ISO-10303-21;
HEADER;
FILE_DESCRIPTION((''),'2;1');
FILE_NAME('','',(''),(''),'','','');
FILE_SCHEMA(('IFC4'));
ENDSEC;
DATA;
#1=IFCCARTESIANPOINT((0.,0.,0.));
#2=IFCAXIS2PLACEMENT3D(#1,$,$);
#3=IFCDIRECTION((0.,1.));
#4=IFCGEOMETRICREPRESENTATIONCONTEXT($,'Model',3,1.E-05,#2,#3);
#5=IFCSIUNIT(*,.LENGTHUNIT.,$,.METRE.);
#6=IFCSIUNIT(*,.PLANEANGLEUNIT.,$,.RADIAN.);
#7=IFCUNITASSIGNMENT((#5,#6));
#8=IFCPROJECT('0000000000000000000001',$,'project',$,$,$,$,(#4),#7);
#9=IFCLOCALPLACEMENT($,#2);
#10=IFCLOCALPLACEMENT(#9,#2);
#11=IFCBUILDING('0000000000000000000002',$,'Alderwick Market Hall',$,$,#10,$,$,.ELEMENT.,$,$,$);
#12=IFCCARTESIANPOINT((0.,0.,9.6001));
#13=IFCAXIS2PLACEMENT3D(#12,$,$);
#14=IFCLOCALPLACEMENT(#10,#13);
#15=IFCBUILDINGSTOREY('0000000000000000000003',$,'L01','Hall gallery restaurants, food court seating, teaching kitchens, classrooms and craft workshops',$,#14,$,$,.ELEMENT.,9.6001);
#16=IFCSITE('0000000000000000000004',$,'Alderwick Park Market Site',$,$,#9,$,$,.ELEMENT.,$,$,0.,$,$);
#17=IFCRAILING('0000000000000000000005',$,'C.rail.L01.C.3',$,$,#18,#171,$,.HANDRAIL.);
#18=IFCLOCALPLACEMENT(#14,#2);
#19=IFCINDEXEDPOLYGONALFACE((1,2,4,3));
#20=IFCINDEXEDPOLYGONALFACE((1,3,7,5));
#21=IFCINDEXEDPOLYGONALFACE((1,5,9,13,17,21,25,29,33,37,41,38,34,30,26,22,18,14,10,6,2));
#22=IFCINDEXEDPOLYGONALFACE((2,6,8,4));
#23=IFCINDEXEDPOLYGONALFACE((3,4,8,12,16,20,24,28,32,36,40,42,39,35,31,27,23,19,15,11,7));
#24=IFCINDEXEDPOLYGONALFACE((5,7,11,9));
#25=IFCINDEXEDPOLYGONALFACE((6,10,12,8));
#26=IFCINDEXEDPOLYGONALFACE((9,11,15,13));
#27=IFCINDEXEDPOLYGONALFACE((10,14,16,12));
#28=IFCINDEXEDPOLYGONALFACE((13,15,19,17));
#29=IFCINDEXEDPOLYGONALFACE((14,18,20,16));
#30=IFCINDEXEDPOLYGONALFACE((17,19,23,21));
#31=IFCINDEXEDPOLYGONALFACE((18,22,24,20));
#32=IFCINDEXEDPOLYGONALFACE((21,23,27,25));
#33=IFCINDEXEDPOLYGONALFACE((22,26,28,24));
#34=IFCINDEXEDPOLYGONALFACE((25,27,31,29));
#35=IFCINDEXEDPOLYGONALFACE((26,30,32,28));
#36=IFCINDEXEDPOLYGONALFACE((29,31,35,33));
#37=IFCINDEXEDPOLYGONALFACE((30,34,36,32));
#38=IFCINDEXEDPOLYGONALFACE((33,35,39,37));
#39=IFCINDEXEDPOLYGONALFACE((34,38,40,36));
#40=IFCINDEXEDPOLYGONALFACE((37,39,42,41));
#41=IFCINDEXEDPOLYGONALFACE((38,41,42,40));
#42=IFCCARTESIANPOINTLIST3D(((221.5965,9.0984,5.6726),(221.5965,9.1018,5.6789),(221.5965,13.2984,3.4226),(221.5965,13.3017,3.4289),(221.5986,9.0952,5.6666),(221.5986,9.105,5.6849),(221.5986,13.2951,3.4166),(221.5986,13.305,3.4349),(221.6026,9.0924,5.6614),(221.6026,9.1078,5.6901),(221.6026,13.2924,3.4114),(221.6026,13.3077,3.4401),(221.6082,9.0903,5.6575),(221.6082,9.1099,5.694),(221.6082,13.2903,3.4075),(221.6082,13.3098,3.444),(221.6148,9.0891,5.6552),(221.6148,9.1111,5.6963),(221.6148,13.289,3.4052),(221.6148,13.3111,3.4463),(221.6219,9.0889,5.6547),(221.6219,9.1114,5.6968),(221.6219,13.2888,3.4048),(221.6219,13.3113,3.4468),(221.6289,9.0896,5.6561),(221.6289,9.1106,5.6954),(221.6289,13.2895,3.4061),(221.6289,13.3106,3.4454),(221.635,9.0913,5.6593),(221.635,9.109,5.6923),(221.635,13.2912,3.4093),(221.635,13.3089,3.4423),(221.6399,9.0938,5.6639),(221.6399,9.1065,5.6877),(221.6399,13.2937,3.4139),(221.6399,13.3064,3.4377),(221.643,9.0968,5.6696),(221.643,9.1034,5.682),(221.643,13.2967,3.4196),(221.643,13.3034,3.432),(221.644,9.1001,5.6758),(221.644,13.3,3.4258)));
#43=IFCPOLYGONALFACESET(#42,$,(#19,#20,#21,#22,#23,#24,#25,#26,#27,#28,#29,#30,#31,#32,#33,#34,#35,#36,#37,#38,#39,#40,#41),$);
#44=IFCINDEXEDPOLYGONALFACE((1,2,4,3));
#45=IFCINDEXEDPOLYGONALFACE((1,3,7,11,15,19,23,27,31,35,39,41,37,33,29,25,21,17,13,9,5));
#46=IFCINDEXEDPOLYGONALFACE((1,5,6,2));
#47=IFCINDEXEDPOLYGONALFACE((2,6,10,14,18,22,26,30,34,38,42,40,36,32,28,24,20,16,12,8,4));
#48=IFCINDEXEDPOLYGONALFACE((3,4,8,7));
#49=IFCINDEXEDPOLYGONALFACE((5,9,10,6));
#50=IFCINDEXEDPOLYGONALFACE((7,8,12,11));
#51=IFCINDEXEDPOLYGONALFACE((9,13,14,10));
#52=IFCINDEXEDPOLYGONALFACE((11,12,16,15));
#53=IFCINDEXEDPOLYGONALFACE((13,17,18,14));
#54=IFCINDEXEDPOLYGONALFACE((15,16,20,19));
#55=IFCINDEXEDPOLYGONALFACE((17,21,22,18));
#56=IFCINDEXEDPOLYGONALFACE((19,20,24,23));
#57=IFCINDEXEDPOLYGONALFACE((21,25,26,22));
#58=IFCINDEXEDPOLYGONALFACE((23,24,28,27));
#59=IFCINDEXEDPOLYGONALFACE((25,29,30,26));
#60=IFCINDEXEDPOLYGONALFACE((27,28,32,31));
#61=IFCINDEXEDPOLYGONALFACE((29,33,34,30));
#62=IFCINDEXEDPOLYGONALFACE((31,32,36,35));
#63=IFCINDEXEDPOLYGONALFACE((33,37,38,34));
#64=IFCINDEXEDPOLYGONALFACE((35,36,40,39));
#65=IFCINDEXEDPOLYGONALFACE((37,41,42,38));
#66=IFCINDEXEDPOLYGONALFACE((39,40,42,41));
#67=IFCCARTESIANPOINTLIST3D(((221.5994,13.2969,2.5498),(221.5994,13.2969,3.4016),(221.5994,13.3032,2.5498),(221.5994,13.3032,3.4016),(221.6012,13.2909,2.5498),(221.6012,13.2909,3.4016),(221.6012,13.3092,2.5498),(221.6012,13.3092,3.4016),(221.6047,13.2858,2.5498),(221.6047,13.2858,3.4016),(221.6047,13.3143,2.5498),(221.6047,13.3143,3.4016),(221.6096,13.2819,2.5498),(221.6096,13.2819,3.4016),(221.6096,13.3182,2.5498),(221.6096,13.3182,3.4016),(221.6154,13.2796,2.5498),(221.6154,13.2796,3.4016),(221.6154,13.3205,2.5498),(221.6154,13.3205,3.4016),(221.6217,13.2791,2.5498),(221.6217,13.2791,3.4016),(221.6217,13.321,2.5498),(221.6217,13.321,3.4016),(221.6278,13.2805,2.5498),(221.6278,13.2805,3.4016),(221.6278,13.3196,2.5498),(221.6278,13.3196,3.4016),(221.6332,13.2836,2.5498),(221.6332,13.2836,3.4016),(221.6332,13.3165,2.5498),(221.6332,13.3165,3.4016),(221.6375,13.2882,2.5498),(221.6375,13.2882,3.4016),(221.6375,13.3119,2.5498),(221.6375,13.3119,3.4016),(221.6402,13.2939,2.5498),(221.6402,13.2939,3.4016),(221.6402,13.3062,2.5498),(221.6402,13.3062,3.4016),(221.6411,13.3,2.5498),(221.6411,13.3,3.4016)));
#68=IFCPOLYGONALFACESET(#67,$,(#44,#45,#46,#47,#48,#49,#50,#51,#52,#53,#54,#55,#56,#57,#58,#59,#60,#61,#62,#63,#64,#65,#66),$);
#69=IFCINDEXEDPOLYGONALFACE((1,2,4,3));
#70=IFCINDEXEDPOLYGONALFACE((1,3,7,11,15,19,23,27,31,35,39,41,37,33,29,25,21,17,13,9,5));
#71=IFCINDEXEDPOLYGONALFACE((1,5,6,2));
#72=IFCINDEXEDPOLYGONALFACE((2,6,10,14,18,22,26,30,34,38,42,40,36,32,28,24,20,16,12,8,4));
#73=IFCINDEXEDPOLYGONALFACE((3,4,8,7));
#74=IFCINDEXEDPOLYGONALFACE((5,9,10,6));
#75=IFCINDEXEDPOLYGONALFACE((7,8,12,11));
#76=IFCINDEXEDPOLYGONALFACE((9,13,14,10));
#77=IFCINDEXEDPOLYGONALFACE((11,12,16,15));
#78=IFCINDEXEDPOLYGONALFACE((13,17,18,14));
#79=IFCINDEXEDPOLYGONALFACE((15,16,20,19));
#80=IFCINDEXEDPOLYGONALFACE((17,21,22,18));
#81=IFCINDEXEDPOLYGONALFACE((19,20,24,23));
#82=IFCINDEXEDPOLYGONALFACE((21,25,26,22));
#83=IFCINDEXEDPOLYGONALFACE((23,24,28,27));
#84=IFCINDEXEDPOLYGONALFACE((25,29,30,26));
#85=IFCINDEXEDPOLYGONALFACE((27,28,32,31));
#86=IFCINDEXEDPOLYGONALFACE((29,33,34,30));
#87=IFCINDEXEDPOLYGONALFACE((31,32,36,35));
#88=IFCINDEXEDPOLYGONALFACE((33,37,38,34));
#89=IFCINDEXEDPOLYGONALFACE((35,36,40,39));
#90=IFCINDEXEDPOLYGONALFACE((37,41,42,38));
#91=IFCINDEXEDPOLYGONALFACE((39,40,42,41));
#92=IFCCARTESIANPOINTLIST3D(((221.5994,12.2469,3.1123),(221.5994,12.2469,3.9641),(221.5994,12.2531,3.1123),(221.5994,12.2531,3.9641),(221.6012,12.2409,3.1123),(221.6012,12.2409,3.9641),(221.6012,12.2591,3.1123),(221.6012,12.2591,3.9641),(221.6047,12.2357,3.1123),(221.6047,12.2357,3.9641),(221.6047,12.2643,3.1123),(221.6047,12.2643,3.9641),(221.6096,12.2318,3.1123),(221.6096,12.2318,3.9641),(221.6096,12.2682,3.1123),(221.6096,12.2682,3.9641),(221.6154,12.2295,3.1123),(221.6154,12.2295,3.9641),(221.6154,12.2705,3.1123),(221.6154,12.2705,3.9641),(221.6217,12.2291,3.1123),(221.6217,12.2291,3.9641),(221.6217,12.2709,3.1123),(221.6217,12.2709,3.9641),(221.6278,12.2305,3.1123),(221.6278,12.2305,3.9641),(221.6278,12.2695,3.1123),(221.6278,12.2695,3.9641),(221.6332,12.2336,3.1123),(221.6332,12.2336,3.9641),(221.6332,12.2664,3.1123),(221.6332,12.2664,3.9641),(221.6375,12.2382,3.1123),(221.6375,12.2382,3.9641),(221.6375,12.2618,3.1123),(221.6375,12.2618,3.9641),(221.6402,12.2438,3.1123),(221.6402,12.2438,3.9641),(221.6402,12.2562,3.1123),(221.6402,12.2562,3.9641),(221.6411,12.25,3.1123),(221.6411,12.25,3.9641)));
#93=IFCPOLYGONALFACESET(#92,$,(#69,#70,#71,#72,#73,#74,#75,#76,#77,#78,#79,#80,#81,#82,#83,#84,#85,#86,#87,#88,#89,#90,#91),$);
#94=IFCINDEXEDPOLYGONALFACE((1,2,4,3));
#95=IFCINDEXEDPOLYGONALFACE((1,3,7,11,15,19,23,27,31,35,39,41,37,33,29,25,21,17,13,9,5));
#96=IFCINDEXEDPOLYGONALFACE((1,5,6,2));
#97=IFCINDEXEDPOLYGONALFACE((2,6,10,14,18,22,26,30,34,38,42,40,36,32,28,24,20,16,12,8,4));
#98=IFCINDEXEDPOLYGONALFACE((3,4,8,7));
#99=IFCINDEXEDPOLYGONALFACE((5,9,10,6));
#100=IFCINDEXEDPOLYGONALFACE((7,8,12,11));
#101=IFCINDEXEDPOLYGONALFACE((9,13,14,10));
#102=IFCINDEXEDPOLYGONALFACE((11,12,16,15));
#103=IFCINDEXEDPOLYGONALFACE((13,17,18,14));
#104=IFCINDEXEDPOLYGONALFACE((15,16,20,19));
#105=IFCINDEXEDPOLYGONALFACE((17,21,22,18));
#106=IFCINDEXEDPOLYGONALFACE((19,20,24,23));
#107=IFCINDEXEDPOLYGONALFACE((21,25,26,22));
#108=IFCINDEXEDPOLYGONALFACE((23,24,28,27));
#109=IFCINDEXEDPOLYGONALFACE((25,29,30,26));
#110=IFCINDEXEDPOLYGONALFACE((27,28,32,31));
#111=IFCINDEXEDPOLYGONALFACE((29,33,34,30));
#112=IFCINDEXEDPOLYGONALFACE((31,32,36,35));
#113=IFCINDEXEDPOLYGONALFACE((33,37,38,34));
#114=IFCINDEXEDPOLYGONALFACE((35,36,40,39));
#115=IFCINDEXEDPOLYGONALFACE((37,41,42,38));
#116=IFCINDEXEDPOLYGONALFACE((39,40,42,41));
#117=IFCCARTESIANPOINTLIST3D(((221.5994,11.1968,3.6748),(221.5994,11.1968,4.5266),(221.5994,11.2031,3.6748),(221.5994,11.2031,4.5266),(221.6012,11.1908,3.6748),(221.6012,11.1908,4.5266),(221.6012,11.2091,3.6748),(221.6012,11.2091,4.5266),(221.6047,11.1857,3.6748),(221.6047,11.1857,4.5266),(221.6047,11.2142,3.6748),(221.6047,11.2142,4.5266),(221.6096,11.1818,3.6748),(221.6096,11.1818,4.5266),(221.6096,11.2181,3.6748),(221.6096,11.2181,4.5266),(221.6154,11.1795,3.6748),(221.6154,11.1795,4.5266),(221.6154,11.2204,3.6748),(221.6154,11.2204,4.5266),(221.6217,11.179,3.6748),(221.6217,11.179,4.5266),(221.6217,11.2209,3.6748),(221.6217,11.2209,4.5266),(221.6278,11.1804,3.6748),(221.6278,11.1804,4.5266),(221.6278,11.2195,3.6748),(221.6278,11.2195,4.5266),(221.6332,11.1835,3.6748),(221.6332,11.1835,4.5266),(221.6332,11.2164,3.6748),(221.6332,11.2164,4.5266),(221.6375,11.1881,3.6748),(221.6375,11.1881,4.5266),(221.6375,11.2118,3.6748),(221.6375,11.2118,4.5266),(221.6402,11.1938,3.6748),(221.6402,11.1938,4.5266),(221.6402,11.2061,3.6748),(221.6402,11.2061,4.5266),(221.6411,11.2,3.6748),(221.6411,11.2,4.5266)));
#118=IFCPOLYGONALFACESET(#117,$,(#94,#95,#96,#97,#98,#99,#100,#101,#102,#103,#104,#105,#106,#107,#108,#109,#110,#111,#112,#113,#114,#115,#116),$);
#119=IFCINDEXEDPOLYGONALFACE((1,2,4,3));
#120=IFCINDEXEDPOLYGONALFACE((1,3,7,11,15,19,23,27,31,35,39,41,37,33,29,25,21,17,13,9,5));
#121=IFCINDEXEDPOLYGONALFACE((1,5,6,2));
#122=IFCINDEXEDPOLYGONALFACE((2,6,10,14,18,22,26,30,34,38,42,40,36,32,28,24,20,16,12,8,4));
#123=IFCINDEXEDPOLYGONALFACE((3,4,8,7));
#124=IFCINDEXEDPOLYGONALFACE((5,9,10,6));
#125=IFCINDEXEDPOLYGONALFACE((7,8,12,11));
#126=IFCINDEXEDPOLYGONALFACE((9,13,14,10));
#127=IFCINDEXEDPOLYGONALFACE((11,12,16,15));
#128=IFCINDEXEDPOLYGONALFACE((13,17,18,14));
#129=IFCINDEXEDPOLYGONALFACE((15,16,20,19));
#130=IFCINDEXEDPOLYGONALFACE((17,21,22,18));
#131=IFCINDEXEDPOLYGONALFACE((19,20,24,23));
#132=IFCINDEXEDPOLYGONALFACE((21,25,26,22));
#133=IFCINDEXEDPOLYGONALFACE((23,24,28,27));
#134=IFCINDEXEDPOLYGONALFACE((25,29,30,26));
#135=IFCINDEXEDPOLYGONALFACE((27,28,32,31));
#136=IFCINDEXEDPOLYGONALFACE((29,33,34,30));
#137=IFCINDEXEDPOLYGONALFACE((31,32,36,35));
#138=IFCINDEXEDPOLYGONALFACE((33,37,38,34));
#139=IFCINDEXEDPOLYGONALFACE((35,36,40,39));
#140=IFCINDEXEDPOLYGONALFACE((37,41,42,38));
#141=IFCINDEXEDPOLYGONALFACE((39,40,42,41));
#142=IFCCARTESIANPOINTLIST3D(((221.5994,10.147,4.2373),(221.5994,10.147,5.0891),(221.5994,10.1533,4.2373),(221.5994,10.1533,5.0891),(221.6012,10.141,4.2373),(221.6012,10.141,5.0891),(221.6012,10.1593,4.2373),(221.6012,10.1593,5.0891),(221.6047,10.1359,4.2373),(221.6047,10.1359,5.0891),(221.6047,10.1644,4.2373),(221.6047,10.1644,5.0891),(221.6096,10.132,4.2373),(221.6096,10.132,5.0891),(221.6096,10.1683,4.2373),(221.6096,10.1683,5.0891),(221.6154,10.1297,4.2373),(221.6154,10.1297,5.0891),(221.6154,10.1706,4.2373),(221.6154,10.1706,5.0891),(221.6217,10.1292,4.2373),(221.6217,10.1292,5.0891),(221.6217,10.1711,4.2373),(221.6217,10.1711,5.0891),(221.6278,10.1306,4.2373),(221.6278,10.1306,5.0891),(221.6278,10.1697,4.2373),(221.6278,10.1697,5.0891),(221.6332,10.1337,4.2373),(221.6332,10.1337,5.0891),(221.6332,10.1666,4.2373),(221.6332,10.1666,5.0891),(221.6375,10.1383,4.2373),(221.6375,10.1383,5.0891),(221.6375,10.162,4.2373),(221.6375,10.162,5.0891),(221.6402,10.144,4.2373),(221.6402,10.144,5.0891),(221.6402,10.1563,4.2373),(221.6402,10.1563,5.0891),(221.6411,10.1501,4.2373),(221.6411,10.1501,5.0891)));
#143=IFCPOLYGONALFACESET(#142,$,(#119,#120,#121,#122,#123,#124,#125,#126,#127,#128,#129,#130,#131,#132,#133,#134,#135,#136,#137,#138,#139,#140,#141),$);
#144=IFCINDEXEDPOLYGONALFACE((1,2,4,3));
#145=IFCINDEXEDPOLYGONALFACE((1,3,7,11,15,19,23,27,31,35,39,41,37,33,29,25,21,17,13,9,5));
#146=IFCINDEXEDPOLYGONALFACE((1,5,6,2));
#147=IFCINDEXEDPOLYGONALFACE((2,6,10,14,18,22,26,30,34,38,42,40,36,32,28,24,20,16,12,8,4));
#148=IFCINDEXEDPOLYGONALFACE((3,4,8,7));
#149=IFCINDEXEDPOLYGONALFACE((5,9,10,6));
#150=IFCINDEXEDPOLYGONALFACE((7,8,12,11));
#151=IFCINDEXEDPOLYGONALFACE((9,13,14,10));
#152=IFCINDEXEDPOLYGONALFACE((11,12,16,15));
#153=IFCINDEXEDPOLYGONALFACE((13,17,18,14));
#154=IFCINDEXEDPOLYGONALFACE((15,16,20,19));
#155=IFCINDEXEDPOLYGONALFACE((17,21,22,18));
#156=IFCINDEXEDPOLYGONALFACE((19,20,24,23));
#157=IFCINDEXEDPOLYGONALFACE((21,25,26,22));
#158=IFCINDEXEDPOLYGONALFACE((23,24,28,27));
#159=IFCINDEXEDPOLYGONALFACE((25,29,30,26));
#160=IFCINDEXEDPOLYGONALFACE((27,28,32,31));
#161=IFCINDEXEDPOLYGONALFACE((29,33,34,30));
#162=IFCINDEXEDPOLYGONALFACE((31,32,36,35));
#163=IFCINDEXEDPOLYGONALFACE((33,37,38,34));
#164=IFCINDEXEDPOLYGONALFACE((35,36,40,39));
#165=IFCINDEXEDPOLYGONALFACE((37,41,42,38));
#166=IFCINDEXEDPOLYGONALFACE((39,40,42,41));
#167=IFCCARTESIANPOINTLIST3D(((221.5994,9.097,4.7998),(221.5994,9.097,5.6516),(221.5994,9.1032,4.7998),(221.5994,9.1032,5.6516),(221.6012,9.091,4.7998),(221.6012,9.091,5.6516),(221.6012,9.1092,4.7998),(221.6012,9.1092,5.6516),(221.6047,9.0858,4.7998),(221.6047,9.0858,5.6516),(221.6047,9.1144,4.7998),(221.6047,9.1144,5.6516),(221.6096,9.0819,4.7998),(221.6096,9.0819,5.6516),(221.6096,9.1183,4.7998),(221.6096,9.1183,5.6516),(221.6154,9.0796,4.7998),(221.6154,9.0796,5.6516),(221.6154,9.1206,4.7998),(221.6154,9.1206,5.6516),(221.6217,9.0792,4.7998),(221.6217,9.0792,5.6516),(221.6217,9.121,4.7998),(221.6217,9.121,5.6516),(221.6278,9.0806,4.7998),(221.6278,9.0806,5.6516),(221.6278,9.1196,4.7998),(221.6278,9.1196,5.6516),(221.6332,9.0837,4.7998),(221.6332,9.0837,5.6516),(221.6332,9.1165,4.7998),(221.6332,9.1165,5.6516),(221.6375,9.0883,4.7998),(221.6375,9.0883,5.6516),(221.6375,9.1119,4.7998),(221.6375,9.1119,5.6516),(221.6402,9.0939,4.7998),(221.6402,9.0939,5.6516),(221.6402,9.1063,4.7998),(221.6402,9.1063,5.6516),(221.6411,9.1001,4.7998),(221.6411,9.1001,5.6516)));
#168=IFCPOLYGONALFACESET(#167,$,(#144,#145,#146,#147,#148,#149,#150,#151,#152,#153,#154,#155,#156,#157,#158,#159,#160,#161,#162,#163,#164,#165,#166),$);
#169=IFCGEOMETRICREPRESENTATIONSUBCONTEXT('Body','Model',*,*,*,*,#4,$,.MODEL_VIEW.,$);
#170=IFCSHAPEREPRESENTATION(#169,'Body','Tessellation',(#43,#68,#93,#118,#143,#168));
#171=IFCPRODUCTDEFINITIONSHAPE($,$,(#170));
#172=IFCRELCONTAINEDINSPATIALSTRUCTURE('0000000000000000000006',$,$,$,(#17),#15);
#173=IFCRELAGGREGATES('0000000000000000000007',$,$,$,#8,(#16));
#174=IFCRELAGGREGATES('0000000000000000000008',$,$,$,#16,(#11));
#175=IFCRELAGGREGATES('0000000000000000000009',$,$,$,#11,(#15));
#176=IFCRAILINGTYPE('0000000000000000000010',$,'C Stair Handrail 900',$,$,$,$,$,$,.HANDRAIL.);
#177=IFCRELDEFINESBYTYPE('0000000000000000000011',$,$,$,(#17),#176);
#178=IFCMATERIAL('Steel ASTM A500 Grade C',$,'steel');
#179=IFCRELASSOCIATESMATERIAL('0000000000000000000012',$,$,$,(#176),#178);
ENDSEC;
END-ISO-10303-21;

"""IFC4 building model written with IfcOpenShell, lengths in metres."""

from ifc_helpers import new_model, si_unit, direction, frame, origin, origin_2d, place, context, subcontext, project, spatial, circle, extrude, material, type_object, element, save


model = new_model("IFC4")

# Units and contexts
model_context = context("Model", 3, precision=1e-05, world=origin(), true_north=direction((0.0, 1.0)))
body_context = subcontext(model_context, "Body", "Model", "MODEL_VIEW")
ifc_project = project(units=[si_unit("LENGTHUNIT", "METRE"), si_unit("PLANEANGLEUNIT", "RADIAN")], contexts=[model_context])

# Site, building, storey
site_placement = place(None, origin())
site = spatial("IfcSite", under=ifc_project, at=site_placement, Name="Alderwick Park Market Site", CompositionType="ELEMENT", RefElevation=0.0)
building_placement = place(site_placement, origin())
building = spatial("IfcBuilding", under=site, at=building_placement, Name="Alderwick Market Hall", CompositionType="ELEMENT")
storey_placement = place(building_placement, frame((0.0, 0.0, 9.6001)))
storey = spatial("IfcBuildingStorey", under=building, at=storey_placement, Name="L01", Description="Hall gallery restaurants, food court seating, teaching kitchens, classrooms and craft workshops", CompositionType="ELEMENT", Elevation=9.6001)

# Railing
ifc_material_1 = material(Name="Steel ASTM A500 Grade C", Category="steel")
railing_type = type_object("IfcRailingType", Name="C Stair Handrail 900", PredefinedType="HANDRAIL", material=ifc_material_1)
for number, where, name in (
    (1, (221.6201, 13.3, 2.5498), "C.rail.L01.C.3"),
):
    element("IfcRailing", number, at=place(storey_placement, frame(where)), inside=storey, type_object=railing_type, Name=name, PredefinedType="HANDRAIL", context=body_context, shape_type="SweptSolid", body=[
        extrude(circle(Radius=0.0239, at=origin_2d()), frame((0.0, 0.0, 0.876), z_axis=(0.0, -0.881478, 0.472226), x_axis=(1.0, 0.0, 0.0)), (0.0, 0.0, 1.0), 4.7646),
        extrude(circle(Radius=0.021, at=origin_2d()), origin(), (0.0, 0.0, 1.0), 0.8518),
        extrude(circle(Radius=0.021, at=origin_2d()), frame((0.0, -1.05, 0.5625)), (0.0, 0.0, 1.0), 0.8518),
        extrude(circle(Radius=0.021, at=origin_2d()), frame((0.0, -2.1001, 1.125)), (0.0, 0.0, 1.0), 0.8518),
        extrude(circle(Radius=0.021, at=origin_2d()), frame((0.0, -3.1499, 1.6875)), (0.0, 0.0, 1.0), 0.8518),
        extrude(circle(Radius=0.021, at=origin_2d()), frame((0.0, -4.2, 2.25)), (0.0, 0.0, 1.0), 0.8518),
    ])

save(model, "model.ifc")
